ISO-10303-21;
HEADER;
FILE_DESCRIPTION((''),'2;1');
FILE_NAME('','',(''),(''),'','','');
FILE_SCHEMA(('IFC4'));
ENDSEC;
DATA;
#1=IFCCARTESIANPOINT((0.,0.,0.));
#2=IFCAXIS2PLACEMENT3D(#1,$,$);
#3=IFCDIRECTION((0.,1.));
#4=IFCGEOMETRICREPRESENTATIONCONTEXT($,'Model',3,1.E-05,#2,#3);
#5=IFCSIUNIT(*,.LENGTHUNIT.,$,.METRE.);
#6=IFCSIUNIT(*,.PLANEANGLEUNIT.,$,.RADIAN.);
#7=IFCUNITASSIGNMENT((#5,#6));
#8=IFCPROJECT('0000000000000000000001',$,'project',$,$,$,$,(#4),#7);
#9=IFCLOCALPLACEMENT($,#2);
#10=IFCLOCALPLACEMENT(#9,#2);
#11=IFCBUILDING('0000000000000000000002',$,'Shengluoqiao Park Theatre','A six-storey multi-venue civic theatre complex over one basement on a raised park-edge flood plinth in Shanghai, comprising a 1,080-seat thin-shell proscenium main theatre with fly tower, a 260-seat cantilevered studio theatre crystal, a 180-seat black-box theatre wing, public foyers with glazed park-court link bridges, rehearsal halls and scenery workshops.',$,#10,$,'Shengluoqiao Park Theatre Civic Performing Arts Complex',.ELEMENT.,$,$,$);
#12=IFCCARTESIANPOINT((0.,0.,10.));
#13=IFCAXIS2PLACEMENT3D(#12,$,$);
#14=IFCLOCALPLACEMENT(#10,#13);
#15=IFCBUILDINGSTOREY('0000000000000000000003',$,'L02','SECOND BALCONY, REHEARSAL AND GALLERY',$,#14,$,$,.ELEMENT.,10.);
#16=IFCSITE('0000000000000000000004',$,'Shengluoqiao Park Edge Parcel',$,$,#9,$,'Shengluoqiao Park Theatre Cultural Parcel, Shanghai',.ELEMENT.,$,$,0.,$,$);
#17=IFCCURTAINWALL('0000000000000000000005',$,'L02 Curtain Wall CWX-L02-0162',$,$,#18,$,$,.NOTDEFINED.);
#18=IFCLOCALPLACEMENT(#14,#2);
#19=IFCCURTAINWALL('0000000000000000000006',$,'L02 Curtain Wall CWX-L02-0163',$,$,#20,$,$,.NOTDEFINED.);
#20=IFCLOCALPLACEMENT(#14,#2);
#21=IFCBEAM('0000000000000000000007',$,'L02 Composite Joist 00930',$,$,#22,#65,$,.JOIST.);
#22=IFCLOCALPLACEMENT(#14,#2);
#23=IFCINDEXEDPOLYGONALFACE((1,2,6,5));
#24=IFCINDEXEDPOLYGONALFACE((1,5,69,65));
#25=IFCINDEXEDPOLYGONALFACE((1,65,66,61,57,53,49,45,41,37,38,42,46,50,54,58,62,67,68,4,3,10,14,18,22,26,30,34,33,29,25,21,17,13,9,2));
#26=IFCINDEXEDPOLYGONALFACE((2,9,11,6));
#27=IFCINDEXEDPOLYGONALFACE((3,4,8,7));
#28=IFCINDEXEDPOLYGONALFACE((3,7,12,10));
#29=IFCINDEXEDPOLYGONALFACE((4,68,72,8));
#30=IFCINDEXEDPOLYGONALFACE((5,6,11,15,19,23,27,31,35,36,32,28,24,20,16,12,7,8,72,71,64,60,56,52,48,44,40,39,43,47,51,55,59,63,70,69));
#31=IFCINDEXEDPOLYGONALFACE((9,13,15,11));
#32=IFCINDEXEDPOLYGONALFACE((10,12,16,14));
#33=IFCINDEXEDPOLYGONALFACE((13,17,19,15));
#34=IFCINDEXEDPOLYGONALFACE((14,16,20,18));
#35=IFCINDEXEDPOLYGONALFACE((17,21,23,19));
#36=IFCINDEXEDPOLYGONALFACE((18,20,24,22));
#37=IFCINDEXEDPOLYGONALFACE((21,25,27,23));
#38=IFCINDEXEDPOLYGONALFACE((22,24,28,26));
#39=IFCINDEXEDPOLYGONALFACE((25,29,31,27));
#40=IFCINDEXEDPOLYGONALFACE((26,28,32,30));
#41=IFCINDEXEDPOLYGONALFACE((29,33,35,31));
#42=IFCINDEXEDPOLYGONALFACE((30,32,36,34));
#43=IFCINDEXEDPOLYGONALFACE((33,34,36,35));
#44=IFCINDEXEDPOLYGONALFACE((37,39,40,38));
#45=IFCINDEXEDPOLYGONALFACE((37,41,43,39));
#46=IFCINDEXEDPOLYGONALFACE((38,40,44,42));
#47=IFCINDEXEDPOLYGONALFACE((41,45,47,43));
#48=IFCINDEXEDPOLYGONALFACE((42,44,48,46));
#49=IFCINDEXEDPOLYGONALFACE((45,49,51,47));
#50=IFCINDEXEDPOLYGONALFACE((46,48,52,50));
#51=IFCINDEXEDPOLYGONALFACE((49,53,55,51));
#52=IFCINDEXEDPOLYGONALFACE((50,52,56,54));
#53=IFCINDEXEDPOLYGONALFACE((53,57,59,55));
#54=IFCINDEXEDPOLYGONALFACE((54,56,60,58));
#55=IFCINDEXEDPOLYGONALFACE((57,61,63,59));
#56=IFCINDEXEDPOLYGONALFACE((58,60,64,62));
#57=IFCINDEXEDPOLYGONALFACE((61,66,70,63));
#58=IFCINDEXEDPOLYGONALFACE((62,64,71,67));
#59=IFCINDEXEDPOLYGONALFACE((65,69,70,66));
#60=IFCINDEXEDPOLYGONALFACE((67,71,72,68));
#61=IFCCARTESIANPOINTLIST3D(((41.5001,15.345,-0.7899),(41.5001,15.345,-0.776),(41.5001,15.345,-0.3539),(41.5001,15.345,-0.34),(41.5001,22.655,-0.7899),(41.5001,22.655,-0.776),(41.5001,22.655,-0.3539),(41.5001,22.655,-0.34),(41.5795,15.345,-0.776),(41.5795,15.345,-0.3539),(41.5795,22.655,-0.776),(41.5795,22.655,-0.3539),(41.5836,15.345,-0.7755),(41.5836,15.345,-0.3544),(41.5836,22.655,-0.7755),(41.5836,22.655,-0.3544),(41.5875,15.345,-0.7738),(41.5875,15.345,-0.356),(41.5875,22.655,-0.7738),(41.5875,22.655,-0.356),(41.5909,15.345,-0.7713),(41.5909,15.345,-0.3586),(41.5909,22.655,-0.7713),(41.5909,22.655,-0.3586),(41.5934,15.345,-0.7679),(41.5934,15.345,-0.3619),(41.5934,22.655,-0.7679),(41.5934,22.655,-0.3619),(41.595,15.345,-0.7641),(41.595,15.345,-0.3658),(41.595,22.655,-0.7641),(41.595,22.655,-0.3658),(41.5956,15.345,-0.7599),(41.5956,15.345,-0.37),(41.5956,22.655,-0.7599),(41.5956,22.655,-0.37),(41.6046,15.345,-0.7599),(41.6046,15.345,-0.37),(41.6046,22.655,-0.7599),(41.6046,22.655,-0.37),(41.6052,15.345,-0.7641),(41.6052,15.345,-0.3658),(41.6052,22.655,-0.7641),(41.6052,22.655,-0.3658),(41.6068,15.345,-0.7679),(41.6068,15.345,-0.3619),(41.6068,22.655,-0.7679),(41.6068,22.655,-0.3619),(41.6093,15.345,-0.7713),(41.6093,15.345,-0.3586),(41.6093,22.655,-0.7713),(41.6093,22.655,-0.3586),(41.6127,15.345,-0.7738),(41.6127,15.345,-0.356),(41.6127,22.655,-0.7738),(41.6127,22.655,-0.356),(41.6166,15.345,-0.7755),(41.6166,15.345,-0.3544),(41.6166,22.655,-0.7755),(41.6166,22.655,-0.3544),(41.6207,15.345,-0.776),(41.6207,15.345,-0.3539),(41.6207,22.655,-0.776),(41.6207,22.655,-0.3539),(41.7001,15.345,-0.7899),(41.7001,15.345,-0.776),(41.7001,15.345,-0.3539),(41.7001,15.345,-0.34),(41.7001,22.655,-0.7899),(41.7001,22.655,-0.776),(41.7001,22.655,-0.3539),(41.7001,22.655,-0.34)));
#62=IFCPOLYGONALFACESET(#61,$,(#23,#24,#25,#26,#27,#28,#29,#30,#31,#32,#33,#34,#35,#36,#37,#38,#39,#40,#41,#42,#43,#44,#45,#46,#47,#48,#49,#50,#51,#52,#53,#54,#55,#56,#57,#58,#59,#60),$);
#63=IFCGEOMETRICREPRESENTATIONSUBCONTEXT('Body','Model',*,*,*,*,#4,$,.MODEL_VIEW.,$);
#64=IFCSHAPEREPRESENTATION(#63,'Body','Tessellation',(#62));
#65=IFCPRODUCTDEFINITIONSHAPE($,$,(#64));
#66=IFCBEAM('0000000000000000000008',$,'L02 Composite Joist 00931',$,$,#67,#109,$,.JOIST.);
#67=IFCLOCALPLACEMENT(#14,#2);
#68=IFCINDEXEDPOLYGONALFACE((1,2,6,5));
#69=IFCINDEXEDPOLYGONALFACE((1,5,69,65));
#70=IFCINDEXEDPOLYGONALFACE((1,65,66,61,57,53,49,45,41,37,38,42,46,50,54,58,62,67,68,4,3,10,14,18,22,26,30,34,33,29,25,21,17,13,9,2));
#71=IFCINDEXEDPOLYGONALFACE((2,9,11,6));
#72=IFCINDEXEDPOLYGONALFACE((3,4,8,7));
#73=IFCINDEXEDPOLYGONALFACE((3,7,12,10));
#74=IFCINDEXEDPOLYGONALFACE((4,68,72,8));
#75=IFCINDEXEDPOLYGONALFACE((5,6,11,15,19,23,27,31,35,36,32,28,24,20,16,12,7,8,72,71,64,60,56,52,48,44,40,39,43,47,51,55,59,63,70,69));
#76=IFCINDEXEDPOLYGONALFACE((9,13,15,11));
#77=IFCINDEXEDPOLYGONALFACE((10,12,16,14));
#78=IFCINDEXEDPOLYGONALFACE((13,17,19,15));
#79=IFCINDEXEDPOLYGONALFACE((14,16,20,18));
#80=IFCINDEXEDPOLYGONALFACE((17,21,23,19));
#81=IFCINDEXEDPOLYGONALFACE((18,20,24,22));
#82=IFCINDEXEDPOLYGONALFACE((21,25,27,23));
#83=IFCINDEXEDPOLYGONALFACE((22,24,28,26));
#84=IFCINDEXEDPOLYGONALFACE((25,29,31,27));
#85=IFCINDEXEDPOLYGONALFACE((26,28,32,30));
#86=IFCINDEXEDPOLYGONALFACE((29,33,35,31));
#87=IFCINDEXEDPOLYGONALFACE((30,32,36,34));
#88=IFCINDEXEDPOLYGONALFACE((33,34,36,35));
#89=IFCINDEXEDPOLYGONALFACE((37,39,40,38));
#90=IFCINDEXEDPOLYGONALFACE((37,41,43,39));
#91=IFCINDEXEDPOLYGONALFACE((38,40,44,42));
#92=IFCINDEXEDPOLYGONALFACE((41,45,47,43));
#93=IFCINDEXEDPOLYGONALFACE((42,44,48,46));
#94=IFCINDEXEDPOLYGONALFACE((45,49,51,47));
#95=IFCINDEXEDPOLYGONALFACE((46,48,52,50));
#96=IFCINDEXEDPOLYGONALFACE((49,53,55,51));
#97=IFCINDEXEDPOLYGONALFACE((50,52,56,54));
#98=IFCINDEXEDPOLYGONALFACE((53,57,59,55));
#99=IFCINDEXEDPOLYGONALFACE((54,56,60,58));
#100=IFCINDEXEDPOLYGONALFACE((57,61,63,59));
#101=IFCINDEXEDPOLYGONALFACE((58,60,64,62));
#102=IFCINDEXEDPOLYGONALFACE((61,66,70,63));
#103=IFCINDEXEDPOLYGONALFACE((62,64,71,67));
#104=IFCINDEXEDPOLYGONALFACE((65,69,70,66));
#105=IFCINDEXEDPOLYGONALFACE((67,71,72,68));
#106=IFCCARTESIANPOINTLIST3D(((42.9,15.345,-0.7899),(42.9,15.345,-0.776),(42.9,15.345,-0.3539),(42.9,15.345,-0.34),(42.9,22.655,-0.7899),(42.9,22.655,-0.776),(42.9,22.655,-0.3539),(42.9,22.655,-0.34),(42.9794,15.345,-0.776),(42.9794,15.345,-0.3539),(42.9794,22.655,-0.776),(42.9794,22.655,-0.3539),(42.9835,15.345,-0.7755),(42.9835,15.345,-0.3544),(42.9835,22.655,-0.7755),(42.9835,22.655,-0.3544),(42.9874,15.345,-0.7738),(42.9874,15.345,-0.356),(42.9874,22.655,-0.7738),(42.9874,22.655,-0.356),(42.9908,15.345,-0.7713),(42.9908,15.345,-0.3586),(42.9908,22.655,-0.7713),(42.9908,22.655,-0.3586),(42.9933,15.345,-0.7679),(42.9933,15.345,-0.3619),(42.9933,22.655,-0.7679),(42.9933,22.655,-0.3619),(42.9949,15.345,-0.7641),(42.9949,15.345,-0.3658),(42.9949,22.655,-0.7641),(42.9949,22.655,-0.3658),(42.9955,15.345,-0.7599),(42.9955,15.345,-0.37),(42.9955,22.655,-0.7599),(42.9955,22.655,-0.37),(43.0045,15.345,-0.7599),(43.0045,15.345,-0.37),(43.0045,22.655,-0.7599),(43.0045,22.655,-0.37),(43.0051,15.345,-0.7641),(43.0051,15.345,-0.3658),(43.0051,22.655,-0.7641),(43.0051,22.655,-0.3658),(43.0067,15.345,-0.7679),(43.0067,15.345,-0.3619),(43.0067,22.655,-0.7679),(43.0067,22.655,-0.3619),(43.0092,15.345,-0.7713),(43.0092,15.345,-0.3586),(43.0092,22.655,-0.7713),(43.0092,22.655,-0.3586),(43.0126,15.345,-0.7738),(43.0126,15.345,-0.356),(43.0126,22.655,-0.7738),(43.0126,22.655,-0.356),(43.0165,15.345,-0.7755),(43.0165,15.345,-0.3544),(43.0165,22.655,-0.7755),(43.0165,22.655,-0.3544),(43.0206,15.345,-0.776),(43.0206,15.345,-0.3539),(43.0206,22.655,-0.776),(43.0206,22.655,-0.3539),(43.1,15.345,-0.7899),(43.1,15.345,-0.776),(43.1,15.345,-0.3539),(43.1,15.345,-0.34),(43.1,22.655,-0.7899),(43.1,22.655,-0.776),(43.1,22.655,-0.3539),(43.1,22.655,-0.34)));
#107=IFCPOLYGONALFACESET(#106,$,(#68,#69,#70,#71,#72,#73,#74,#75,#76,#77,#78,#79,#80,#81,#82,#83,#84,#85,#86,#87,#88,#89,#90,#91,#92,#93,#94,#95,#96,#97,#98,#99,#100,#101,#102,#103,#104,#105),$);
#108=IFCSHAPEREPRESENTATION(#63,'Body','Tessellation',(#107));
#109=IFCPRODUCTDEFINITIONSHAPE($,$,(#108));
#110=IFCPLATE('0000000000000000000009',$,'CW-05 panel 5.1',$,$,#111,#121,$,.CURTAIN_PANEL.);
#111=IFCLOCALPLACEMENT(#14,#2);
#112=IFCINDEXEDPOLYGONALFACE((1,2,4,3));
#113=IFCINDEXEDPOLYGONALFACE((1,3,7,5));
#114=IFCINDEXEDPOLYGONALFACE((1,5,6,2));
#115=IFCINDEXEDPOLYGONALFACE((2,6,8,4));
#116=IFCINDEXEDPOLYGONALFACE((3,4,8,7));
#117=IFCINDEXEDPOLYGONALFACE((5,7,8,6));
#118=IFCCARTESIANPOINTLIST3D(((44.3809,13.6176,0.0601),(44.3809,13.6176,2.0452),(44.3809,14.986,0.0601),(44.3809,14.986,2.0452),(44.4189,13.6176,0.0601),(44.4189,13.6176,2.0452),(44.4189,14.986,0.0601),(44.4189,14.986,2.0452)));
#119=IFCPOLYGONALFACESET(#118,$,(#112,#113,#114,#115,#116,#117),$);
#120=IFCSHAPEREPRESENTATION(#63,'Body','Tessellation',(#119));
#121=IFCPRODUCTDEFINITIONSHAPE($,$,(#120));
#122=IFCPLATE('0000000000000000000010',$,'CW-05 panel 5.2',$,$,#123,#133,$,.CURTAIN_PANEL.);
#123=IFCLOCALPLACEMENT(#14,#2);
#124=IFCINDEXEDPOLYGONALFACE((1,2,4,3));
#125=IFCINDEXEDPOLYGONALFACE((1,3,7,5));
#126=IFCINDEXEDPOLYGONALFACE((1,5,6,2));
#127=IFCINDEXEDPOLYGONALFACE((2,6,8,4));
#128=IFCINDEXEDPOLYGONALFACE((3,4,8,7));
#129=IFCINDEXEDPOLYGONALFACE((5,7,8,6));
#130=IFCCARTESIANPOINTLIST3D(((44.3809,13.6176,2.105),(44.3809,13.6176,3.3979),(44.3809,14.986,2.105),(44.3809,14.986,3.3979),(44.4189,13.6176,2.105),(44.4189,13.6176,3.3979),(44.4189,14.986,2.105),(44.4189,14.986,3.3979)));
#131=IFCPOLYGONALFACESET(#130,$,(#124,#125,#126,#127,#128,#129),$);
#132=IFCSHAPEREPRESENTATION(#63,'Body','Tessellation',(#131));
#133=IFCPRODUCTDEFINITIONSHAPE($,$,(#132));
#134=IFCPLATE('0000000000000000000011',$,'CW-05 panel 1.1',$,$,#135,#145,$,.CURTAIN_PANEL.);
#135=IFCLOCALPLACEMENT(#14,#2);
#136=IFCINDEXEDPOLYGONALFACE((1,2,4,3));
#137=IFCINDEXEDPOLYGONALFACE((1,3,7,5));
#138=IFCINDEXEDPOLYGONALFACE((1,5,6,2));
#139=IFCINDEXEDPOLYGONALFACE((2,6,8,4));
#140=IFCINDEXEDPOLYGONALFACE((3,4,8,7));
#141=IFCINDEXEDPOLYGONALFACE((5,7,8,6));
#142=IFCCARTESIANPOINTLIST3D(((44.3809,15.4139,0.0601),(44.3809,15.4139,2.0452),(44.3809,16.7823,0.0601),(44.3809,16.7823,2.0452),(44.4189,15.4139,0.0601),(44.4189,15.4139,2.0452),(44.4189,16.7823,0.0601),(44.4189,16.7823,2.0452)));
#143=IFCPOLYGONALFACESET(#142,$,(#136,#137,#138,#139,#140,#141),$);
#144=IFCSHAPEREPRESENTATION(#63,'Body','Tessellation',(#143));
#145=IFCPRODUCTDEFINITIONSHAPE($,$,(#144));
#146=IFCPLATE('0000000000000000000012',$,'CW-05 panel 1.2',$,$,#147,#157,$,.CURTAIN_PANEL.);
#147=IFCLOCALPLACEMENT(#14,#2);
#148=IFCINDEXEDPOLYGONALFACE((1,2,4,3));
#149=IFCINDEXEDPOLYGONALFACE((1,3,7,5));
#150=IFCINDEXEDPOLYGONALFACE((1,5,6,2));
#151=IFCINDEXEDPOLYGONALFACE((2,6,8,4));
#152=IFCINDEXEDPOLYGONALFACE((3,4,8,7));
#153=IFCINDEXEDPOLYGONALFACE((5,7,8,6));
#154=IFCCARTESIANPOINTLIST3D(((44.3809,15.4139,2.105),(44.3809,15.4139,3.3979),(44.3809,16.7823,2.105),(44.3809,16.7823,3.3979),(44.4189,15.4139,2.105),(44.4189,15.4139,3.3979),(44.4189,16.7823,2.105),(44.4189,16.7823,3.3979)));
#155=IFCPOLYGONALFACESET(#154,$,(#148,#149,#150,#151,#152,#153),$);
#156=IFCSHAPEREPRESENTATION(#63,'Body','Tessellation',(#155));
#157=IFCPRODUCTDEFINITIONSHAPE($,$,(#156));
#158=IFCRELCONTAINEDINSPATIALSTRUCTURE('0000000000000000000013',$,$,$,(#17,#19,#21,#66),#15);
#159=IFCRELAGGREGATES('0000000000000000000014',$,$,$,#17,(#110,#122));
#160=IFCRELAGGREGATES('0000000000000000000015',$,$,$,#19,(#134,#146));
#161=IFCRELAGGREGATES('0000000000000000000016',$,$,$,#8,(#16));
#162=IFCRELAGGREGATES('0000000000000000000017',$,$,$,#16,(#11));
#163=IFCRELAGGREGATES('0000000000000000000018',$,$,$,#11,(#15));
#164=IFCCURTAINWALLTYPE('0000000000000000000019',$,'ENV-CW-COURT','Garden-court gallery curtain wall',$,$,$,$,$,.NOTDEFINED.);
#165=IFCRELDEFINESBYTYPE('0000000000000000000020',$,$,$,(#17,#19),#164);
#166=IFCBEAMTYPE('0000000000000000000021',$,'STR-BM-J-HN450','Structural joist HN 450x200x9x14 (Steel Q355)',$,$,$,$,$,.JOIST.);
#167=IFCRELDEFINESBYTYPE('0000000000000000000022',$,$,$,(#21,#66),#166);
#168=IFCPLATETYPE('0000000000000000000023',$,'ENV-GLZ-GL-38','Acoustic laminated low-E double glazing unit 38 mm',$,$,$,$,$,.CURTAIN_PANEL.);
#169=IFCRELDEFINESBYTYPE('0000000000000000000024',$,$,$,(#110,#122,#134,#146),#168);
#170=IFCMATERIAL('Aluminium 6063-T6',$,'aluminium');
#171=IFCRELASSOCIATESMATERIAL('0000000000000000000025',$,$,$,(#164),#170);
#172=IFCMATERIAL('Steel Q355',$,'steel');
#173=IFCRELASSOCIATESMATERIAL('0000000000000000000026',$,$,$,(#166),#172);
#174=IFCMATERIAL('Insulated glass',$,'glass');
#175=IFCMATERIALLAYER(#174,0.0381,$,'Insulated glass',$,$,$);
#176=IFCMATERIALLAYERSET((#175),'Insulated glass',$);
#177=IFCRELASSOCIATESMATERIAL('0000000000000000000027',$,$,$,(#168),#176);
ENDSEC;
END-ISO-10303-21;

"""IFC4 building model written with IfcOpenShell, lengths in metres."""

from ifc_helpers import new_model, si_unit, direction, frame, origin, origin_2d, place, context, subcontext, project, spatial, rectangle, i_section, extrude, material, layer, layer_set, material_profile, profile_set, type_object, element, aggregate, save


model = new_model("IFC4")

# Units and contexts
model_context = context("Model", 3, precision=1e-05, world=origin(), true_north=direction((0.0, 1.0)))
body_context = subcontext(model_context, "Body", "Model", "MODEL_VIEW")
ifc_project = project(units=[si_unit("LENGTHUNIT", "METRE"), si_unit("PLANEANGLEUNIT", "RADIAN")], contexts=[model_context])

# Site, building, storey
site_placement = place(None, origin())
site = spatial("IfcSite", under=ifc_project, at=site_placement, Name="Shengluoqiao Park Edge Parcel", LongName="Shengluoqiao Park Theatre Cultural Parcel, Shanghai", CompositionType="ELEMENT", RefElevation=0.0)
building_placement = place(site_placement, origin())
building = spatial("IfcBuilding", under=site, at=building_placement, Name="Shengluoqiao Park Theatre", Description="A six-storey multi-venue civic theatre complex over one basement on a raised park-edge flood plinth in Shanghai, comprising a 1,080-seat thin-shell proscenium main theatre with fly tower, a 260-seat cantilevered studio theatre crystal, a 180-seat black-box theatre wing, public foyers with glazed park-court link bridges, rehearsal halls and scenery workshops.", LongName="Shengluoqiao Park Theatre Civic Performing Arts Complex", CompositionType="ELEMENT")
storey_placement = place(building_placement, frame((0.0, 0.0, 10.0)))
storey = spatial("IfcBuildingStorey", under=building, at=storey_placement, Name="L02", Description="SECOND BALCONY, REHEARSAL AND GALLERY", CompositionType="ELEMENT", Elevation=10.0)

# Shared definitions
ifc_material_1 = material(Name="Steel Q355", Category="steel")

# Curtain wall
ifc_material_2 = material(Name="Aluminium 6063-T6", Category="aluminium")
curtain_wall_type = type_object("IfcCurtainWallType", Name="ENV-CW-COURT", Description="Garden-court gallery curtain wall", PredefinedType="NOTDEFINED", material=ifc_material_2)
curtain_wall_1_placement = place(storey_placement, origin())
curtain_wall_1 = element("IfcCurtainWall", 1, at=curtain_wall_1_placement, inside=storey, type_object=curtain_wall_type, Name="L02 Curtain Wall CWX-L02-0162", PredefinedType="NOTDEFINED")

# Curtain wall
curtain_wall_2_placement = place(storey_placement, origin())
curtain_wall_2 = element("IfcCurtainWall", 2, at=curtain_wall_2_placement, inside=storey, type_object=curtain_wall_type, Name="L02 Curtain Wall CWX-L02-0163", PredefinedType="NOTDEFINED")

# Beams
ifc_material_profile_1 = material_profile(ifc_material_1, i_section(OverallWidth=0.2, OverallDepth=0.45, WebThickness=0.009, FlangeThickness=0.0139, FilletRadius=0.0161, at=origin_2d()), Name="HN 450x200x9x14")
ifc_profile_set_1 = profile_set([ifc_material_profile_1], Name="Steel Q355")
beam_type_1 = type_object("IfcBeamType", Name="STR-BM-J-HN450", Description="Structural joist HN 450x200x9x14 (Steel Q355)", PredefinedType="JOIST", material=ifc_profile_set_1)
for number, where, z_axis, x_axis, name in (
    (3, (41.6001, 15.345, -0.5649), (0.0, 1.0, 0.0), (-1.0, 0.0, 0.0), "L02 Composite Joist 00930"),
    (4, (43.0, 15.345, -0.5649), (0.0, 1.0, 0.0), (-1.0, 0.0, 0.0), "L02 Composite Joist 00931"),
):
    element("IfcBeam", number, at=place(storey_placement, frame(where, z_axis=z_axis, x_axis=x_axis)), inside=storey, type_object=beam_type_1, Name=name, PredefinedType="JOIST", context=body_context, shape_type="SweptSolid", body=[
        extrude(i_section(OverallWidth=0.2, OverallDepth=0.45, WebThickness=0.009, FlangeThickness=0.0139, FilletRadius=0.0161, at=origin_2d()), origin(), (0.0, 0.0, 1.0), 7.3101),
    ])

# Plates
ifc_material_3 = material(Name="Insulated glass", Category="glass")
ifc_layer = layer(ifc_material_3, 0.0381, Name="Insulated glass")
ifc_layer_set = layer_set([ifc_layer], Name="Insulated glass")
plate_type = type_object("IfcPlateType", Name="ENV-GLZ-GL-38", Description="Acoustic laminated low-E double glazing unit 38 mm", PredefinedType="CURTAIN_PANEL", material=ifc_layer_set)
plate_1_placement = place(storey_placement, frame((44.3999, 14.3018, 0.0601), z_axis=(0.0, 0.0, 1.0), x_axis=(0.0, 1.0, 0.0)))
plate_1 = element("IfcPlate", 5, at=plate_1_placement, type_object=plate_type, Name="CW-05 panel 5.1", PredefinedType="CURTAIN_PANEL", context=body_context, shape_type="SweptSolid", body=[
    extrude(rectangle(XDim=1.3684, YDim=0.0381, at=origin_2d()), origin(), (0.0, 0.0, 1.0), 1.9851),
])
plate_2_placement = place(storey_placement, frame((44.3999, 14.3018, 2.105), z_axis=(0.0, 0.0, 1.0), x_axis=(0.0, 1.0, 0.0)))
plate_2 = element("IfcPlate", 6, at=plate_2_placement, type_object=plate_type, Name="CW-05 panel 5.2", PredefinedType="CURTAIN_PANEL", context=body_context, shape_type="SweptSolid", body=[
    extrude(rectangle(XDim=1.3684, YDim=0.0381, at=origin_2d()), origin(), (0.0, 0.0, 1.0), 1.293),
])
aggregate(curtain_wall_1, [plate_1, plate_2])
plate_3_placement = place(storey_placement, frame((44.3999, 16.0981, 0.0601), z_axis=(0.0, 0.0, 1.0), x_axis=(0.0, 1.0, 0.0)))
plate_3 = element("IfcPlate", 7, at=plate_3_placement, type_object=plate_type, Name="CW-05 panel 1.1", PredefinedType="CURTAIN_PANEL", context=body_context, shape_type="SweptSolid", body=[
    extrude(rectangle(XDim=1.3684, YDim=0.0381, at=origin_2d()), origin(), (0.0, 0.0, 1.0), 1.9851),
])
plate_4_placement = place(storey_placement, frame((44.3999, 16.0981, 2.105), z_axis=(0.0, 0.0, 1.0), x_axis=(0.0, 1.0, 0.0)))
plate_4 = element("IfcPlate", 8, at=plate_4_placement, type_object=plate_type, Name="CW-05 panel 1.2", PredefinedType="CURTAIN_PANEL", context=body_context, shape_type="SweptSolid", body=[
    extrude(rectangle(XDim=1.3684, YDim=0.0381, at=origin_2d()), origin(), (0.0, 0.0, 1.0), 1.293),
])
aggregate(curtain_wall_2, [plate_3, plate_4])

save(model, "model.ifc")
